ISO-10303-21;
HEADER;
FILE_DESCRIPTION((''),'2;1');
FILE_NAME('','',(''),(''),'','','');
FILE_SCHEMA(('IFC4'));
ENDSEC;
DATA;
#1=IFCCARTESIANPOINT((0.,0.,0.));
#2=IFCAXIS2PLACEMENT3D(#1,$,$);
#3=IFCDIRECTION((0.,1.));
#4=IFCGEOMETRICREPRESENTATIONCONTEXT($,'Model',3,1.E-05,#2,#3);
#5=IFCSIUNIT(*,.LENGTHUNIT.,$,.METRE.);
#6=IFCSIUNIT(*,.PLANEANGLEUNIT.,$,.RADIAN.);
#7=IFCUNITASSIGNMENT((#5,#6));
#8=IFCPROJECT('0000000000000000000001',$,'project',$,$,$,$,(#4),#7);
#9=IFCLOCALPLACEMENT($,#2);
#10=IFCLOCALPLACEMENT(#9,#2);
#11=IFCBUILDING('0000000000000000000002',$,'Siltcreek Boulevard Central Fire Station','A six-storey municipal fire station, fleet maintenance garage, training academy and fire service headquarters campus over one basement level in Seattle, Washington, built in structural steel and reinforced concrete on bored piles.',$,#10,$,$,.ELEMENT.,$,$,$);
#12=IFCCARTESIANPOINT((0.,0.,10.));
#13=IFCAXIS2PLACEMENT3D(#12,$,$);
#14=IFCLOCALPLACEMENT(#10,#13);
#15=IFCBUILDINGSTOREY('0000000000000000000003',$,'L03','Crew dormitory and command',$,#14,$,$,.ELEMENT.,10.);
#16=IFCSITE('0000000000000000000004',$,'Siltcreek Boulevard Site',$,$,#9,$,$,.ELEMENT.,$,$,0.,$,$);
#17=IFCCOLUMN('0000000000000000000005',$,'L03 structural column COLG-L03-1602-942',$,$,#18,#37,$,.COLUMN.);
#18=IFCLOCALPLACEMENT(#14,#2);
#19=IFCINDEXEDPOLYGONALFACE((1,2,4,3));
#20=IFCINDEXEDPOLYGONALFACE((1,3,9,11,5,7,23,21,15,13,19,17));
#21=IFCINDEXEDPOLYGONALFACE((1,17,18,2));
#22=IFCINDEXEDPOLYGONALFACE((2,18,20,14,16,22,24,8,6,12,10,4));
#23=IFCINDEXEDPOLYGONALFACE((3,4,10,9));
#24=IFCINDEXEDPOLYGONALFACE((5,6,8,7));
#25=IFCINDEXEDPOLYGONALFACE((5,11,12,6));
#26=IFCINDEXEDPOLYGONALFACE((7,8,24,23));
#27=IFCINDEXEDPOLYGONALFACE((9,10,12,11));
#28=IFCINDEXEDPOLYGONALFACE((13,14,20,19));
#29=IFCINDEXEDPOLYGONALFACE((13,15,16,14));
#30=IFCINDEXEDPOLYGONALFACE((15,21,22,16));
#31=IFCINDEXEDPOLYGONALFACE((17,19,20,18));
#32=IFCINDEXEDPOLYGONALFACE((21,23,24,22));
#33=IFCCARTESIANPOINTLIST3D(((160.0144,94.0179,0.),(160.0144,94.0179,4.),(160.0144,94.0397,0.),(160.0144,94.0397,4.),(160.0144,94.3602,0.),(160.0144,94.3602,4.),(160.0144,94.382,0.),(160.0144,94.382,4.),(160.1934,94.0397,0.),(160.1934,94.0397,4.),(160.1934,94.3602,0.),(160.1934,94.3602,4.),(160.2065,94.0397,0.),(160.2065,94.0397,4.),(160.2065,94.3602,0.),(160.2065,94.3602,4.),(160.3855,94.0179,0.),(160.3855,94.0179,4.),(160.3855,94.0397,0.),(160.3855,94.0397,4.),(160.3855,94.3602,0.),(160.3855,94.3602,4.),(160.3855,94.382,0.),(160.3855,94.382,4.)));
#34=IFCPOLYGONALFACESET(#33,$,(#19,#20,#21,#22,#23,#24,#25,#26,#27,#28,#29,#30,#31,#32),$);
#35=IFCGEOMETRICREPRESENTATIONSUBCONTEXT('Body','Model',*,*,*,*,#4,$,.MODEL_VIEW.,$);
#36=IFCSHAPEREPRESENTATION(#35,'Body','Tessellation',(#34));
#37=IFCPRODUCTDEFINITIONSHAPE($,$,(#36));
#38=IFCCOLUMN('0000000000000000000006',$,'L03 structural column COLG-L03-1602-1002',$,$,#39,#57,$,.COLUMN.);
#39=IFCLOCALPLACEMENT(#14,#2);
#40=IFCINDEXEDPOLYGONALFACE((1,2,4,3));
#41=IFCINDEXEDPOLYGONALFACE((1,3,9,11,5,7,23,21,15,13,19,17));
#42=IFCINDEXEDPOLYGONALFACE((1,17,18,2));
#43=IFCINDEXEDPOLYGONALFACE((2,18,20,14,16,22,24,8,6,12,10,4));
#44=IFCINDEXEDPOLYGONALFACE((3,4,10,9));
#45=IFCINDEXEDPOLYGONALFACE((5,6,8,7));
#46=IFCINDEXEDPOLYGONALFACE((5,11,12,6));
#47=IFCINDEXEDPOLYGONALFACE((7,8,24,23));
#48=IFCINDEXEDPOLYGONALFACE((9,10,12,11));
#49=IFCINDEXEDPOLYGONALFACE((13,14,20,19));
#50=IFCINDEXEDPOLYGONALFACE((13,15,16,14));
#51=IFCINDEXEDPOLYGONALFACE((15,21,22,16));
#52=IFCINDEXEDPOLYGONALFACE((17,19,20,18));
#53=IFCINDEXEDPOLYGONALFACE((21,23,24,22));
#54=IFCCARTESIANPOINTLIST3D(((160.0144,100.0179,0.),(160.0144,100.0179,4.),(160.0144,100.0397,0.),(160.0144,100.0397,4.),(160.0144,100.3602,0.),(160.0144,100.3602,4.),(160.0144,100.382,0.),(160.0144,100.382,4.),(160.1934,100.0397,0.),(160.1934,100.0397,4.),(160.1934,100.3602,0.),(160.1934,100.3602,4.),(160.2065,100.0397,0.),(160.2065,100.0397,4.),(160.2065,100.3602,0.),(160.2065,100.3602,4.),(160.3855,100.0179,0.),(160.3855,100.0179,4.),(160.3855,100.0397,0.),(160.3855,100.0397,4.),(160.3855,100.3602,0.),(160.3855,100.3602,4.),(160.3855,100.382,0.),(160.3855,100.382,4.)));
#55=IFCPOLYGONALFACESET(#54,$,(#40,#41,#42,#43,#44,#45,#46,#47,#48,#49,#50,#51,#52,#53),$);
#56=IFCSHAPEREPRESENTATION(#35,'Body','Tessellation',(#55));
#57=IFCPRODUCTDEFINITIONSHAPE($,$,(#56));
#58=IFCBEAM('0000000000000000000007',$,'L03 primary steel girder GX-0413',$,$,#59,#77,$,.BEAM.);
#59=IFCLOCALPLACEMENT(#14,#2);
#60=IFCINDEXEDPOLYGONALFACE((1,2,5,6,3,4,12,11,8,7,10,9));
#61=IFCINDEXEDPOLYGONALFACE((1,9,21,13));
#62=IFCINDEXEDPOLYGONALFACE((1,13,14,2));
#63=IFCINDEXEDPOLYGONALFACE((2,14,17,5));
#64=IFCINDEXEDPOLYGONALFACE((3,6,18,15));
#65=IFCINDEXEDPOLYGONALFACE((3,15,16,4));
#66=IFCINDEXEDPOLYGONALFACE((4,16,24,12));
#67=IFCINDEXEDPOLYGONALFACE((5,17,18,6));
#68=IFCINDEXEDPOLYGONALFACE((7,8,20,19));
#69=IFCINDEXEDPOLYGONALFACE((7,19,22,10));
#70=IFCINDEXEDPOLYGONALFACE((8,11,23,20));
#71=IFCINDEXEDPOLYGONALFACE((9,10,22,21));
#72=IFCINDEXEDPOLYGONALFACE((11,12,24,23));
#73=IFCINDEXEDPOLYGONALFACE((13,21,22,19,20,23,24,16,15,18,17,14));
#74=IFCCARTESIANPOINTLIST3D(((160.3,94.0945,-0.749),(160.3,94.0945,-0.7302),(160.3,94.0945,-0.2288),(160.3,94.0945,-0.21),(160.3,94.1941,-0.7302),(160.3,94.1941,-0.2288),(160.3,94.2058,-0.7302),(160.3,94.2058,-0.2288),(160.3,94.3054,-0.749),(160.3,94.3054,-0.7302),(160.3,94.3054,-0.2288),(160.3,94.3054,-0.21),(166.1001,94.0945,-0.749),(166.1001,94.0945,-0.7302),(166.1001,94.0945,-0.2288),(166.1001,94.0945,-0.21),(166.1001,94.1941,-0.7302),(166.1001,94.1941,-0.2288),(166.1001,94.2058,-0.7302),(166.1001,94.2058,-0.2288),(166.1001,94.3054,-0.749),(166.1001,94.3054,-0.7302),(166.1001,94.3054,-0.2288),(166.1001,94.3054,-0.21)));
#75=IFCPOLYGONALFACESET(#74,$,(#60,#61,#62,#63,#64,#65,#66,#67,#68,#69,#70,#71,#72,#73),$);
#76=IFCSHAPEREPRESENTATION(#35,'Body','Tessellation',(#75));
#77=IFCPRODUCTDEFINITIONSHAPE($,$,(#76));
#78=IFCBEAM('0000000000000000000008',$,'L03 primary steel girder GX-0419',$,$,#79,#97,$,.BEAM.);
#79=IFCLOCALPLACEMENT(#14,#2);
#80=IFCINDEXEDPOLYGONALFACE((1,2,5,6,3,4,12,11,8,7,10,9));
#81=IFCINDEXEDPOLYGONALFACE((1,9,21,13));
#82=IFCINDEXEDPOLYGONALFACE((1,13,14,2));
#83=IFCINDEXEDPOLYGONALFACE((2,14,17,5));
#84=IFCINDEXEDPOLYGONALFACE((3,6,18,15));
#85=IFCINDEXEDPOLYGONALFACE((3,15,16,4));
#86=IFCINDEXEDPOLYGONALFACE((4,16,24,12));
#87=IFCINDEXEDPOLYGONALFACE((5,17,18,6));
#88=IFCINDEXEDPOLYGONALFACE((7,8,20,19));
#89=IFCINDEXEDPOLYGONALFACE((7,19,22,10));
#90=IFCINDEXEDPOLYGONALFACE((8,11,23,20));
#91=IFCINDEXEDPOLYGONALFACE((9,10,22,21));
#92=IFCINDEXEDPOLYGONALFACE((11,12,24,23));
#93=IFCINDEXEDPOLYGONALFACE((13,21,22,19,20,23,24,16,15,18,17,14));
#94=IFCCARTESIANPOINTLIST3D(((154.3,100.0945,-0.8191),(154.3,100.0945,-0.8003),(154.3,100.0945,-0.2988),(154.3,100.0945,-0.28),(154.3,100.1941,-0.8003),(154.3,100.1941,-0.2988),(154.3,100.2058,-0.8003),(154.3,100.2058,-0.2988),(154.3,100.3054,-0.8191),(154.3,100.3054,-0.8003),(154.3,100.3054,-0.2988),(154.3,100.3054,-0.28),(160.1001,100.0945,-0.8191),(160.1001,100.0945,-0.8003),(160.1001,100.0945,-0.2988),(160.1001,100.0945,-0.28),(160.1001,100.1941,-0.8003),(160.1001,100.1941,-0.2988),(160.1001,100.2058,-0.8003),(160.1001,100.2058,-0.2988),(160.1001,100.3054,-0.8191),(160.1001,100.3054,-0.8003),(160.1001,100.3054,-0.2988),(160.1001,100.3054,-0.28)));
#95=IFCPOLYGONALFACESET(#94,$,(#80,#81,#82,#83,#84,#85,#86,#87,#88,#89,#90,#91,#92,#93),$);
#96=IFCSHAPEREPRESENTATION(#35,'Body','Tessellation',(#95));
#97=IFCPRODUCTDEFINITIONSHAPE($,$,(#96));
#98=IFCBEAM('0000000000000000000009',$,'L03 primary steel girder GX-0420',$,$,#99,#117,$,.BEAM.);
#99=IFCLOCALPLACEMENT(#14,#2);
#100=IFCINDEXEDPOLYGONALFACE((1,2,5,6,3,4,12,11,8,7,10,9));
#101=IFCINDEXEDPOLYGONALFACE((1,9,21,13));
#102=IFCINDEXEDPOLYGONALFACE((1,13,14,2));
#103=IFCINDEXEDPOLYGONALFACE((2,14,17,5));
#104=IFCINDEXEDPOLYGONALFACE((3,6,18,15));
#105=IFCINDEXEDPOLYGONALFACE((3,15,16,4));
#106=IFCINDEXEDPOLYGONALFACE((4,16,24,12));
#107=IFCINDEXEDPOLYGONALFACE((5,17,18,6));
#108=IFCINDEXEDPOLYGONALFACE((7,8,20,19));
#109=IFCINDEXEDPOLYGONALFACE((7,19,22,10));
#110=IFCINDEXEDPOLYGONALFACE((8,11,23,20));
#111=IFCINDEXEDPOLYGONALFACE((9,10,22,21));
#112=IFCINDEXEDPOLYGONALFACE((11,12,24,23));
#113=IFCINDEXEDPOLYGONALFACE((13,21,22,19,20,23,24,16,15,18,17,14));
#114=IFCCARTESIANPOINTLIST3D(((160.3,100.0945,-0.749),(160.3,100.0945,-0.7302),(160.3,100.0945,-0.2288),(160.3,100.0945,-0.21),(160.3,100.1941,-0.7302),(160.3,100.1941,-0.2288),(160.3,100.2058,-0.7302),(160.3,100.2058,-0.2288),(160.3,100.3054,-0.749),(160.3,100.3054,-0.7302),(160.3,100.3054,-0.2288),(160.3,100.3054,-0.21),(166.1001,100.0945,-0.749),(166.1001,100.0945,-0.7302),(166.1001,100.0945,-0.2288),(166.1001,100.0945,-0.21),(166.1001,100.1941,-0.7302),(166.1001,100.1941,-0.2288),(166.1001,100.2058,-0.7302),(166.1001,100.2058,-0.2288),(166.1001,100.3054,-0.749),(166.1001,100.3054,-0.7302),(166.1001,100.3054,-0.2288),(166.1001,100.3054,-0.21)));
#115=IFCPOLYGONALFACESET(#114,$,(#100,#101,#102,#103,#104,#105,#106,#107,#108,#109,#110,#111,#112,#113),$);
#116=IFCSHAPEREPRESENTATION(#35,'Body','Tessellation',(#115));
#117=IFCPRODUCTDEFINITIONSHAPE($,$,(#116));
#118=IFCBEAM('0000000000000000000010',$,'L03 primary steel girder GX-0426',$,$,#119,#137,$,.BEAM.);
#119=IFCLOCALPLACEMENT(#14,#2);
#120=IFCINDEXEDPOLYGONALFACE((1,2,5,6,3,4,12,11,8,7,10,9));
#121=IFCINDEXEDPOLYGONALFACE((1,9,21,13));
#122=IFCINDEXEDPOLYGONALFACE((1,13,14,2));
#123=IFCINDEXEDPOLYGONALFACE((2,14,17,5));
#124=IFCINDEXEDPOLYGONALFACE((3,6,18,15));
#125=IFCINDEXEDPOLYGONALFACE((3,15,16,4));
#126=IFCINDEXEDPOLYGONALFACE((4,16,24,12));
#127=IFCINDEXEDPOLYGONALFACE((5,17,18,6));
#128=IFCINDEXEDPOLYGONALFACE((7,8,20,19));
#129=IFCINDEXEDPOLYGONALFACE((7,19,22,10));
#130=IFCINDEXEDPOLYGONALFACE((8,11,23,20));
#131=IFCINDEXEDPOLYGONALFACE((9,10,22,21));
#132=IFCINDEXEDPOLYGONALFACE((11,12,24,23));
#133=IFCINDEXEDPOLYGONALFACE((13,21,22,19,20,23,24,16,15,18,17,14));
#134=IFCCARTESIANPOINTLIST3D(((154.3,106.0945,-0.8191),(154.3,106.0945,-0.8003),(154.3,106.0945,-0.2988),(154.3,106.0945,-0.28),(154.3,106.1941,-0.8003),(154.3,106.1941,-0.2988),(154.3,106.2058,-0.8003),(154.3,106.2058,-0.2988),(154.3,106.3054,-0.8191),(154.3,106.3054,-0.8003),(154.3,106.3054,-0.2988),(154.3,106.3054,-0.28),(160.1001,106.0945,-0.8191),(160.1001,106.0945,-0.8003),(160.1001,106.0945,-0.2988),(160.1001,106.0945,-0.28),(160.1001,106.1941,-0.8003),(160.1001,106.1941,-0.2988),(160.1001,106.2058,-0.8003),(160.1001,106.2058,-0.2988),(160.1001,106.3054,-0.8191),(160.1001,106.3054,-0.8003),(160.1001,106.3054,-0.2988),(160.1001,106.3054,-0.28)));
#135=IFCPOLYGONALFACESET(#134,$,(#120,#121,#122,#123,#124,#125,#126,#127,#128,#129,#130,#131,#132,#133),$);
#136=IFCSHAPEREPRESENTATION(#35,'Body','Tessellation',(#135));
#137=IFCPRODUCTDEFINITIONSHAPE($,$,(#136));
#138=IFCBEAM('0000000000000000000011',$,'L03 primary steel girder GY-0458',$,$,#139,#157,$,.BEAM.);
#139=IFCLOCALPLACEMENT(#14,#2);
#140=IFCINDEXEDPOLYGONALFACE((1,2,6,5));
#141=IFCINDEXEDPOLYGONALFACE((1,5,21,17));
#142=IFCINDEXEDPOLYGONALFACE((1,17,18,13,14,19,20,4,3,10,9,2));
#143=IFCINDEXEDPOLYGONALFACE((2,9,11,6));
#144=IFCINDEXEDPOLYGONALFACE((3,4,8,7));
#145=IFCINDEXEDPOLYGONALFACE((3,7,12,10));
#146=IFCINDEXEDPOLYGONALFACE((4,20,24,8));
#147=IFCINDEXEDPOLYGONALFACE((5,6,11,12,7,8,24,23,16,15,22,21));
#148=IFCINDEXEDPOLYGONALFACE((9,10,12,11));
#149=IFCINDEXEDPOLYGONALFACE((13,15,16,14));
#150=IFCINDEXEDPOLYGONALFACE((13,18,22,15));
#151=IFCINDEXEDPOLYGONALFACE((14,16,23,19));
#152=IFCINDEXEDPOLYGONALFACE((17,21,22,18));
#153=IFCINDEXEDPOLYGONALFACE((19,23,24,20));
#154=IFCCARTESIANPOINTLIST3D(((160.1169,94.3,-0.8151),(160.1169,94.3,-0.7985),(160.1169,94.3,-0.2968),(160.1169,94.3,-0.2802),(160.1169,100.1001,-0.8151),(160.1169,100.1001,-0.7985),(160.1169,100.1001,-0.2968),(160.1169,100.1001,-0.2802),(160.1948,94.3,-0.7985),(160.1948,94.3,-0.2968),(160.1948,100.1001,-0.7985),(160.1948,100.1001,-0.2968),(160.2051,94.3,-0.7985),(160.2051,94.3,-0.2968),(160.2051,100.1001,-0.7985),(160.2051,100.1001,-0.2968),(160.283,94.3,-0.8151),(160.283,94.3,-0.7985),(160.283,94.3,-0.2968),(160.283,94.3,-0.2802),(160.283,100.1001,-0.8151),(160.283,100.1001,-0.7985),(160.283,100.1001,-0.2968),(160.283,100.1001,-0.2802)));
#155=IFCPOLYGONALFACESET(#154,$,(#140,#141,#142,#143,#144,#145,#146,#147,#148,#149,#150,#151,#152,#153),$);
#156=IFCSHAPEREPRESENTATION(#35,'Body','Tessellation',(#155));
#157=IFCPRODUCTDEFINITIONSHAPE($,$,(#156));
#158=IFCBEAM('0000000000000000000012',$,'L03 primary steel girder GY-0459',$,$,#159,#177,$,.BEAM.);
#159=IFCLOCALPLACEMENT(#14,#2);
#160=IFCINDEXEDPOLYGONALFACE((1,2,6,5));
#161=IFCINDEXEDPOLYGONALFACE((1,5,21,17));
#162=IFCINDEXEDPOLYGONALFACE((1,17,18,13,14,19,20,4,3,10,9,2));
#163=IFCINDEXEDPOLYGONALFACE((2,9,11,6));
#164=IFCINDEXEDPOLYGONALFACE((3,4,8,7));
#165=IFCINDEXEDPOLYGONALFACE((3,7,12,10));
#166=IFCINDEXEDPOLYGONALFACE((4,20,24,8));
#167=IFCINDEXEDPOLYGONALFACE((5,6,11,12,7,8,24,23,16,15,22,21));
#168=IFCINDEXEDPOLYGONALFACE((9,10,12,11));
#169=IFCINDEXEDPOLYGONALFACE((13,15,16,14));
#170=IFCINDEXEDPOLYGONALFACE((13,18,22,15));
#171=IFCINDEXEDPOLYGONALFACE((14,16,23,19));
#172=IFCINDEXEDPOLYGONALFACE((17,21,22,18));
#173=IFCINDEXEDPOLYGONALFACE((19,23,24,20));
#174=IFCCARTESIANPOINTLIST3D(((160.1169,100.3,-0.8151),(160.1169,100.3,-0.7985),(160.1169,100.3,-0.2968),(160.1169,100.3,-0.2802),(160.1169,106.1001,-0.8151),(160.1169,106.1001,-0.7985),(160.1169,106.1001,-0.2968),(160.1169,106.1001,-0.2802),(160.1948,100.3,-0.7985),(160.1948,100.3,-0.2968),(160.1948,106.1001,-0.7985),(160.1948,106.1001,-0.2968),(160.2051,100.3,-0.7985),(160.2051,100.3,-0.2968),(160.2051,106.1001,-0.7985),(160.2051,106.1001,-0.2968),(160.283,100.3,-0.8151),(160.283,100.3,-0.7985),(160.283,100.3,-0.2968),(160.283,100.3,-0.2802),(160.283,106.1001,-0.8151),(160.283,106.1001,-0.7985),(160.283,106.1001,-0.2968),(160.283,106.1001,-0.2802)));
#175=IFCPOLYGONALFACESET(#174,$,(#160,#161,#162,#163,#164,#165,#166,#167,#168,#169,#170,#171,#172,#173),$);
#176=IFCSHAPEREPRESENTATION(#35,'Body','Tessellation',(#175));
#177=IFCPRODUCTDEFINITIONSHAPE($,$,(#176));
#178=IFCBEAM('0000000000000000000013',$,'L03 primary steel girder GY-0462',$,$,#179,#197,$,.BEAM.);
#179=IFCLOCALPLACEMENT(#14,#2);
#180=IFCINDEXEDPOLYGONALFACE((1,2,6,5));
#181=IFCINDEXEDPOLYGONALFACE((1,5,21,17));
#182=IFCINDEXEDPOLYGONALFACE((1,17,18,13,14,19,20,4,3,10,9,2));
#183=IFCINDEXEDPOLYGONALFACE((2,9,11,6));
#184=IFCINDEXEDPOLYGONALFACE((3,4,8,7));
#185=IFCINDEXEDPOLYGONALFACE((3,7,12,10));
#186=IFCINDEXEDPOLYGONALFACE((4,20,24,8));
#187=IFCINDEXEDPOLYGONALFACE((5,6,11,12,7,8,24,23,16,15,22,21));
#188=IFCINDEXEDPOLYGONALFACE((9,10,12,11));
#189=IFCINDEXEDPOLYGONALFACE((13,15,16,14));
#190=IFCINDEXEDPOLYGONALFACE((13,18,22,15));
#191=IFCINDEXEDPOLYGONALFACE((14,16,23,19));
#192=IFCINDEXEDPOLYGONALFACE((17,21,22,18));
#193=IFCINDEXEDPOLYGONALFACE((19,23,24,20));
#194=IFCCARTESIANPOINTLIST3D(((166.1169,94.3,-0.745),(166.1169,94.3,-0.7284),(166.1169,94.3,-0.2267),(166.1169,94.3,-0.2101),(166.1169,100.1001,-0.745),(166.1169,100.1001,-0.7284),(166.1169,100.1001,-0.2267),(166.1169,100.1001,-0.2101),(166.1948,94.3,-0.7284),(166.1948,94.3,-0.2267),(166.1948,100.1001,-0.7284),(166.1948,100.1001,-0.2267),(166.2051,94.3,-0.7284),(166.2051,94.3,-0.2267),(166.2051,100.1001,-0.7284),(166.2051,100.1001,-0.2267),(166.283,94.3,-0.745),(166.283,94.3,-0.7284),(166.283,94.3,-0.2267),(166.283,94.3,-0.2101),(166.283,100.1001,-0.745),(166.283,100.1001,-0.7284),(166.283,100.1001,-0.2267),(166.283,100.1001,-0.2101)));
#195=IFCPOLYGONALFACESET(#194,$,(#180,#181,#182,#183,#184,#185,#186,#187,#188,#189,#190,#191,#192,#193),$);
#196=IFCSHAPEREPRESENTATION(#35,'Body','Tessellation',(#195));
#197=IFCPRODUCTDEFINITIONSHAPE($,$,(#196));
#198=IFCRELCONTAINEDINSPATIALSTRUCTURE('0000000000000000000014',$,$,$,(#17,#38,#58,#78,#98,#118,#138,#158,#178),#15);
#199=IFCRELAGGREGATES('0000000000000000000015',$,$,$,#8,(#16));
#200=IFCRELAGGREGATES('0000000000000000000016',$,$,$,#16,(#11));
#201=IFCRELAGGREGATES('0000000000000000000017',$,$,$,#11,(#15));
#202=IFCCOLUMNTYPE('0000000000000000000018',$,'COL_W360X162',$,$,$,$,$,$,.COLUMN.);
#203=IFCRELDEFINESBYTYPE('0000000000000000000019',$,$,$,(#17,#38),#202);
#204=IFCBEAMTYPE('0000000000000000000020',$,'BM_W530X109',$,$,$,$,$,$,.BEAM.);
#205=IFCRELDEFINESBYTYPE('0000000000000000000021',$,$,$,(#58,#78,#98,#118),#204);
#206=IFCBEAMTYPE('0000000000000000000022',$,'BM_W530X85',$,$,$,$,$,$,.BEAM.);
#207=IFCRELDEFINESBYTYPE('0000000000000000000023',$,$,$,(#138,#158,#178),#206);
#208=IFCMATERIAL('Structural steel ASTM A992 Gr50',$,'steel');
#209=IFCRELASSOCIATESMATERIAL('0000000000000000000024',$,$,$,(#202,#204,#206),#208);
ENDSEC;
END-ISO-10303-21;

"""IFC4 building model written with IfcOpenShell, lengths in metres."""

from ifc_helpers import new_model, si_unit, direction, frame, origin, origin_2d, place, context, subcontext, project, spatial, i_section, extrude, material, material_profile, profile_set, type_object, element, save


model = new_model("IFC4")

# Units and contexts
model_context = context("Model", 3, precision=1e-05, world=origin(), true_north=direction((0.0, 1.0)))
body_context = subcontext(model_context, "Body", "Model", "MODEL_VIEW")
ifc_project = project(units=[si_unit("LENGTHUNIT", "METRE"), si_unit("PLANEANGLEUNIT", "RADIAN")], contexts=[model_context])

# Site, building, storey
site_placement = place(None, origin())
site = spatial("IfcSite", under=ifc_project, at=site_placement, Name="Siltcreek Boulevard Site", CompositionType="ELEMENT", RefElevation=0.0)
building_placement = place(site_placement, origin())
building = spatial("IfcBuilding", under=site, at=building_placement, Name="Siltcreek Boulevard Central Fire Station", Description="A six-storey municipal fire station, fleet maintenance garage, training academy and fire service headquarters campus over one basement level in Seattle, Washington, built in structural steel and reinforced concrete on bored piles.", CompositionType="ELEMENT")
storey_placement = place(building_placement, frame((0.0, 0.0, 10.0)))
storey = spatial("IfcBuildingStorey", under=building, at=storey_placement, Name="L03", Description="Crew dormitory and command", CompositionType="ELEMENT", Elevation=10.0)

# Columns
ifc_material_1 = material(Name="Structural steel ASTM A992 Gr50", Category="steel")
ifc_material_profile_1 = material_profile(ifc_material_1, i_section(OverallWidth=0.3711, OverallDepth=0.364, WebThickness=0.0132, FlangeThickness=0.0217, at=origin_2d()), Name="W360X162")
ifc_profile_set_1 = profile_set([ifc_material_profile_1], Name="Structural steel ASTM A992 Gr50")
column_type = type_object("IfcColumnType", Name="COL_W360X162", PredefinedType="COLUMN", material=ifc_profile_set_1)
for number, where, z_axis, x_axis, name in (
    (1, (160.2, 94.2, 0.0), (0.0, 0.0, 1.0), (1.0, 0.0, 0.0), "L03 structural column COLG-L03-1602-942"),
    (2, (160.2, 100.2, 0.0), (0.0, 0.0, 1.0), (1.0, 0.0, 0.0), "L03 structural column COLG-L03-1602-1002"),
):
    element("IfcColumn", number, at=place(storey_placement, frame(where, z_axis=z_axis, x_axis=x_axis)), inside=storey, type_object=column_type, Name=name, PredefinedType="COLUMN", context=body_context, shape_type="SweptSolid", body=[
        extrude(i_section(OverallWidth=0.3711, OverallDepth=0.364, WebThickness=0.0132, FlangeThickness=0.0217, at=origin_2d()), origin(), (0.0, 0.0, 1.0), 4.0),
    ])

# Beams
ifc_material_profile_2 = material_profile(ifc_material_1, i_section(OverallWidth=0.2109, OverallDepth=0.5391, WebThickness=0.0117, FlangeThickness=0.0188, at=origin_2d()), Name="W530X109")
ifc_profile_set_2 = profile_set([ifc_material_profile_2], Name="Structural steel ASTM A992 Gr50")
beam_type_1 = type_object("IfcBeamType", Name="BM_W530X109", PredefinedType="BEAM", material=ifc_profile_set_2)
for number, where, z_axis, x_axis, name in (
    (3, (160.3, 94.2, -0.4795), (1.0, 0.0, 0.0), (0.0, 1.0, 0.0), "L03 primary steel girder GX-0413"),
    (4, (154.3, 100.2, -0.5496), (1.0, 0.0, 0.0), (0.0, 1.0, 0.0), "L03 primary steel girder GX-0419"),
    (5, (160.3, 100.2, -0.4795), (1.0, 0.0, 0.0), (0.0, 1.0, 0.0), "L03 primary steel girder GX-0420"),
    (6, (154.3, 106.2, -0.5496), (1.0, 0.0, 0.0), (0.0, 1.0, 0.0), "L03 primary steel girder GX-0426"),
):
    element("IfcBeam", number, at=place(storey_placement, frame(where, z_axis=z_axis, x_axis=x_axis)), inside=storey, type_object=beam_type_1, Name=name, PredefinedType="BEAM", context=body_context, shape_type="SweptSolid", body=[
        extrude(i_section(OverallWidth=0.2109, OverallDepth=0.5391, WebThickness=0.0117, FlangeThickness=0.0188, at=origin_2d()), origin(), (0.0, 0.0, 1.0), 5.8),
    ])
ifc_material_profile_3 = material_profile(ifc_material_1, i_section(OverallWidth=0.166, OverallDepth=0.5349, WebThickness=0.0103, FlangeThickness=0.0166, at=origin_2d()), Name="W530X85")
ifc_profile_set_3 = profile_set([ifc_material_profile_3], Name="Structural steel ASTM A992 Gr50")
beam_type_2 = type_object("IfcBeamType", Name="BM_W530X85", PredefinedType="BEAM", material=ifc_profile_set_3)
for number, where, z_axis, x_axis, name in (
    (7, (160.2, 94.3, -0.5476), (0.0, 1.0, 0.0), (-1.0, 0.0, 0.0), "L03 primary steel girder GY-0458"),
    (8, (160.2, 100.3, -0.5476), (0.0, 1.0, 0.0), (-1.0, 0.0, 0.0), "L03 primary steel girder GY-0459"),
    (9, (166.2, 94.3, -0.4775), (0.0, 1.0, 0.0), (-1.0, 0.0, 0.0), "L03 primary steel girder GY-0462"),
):
    element("IfcBeam", number, at=place(storey_placement, frame(where, z_axis=z_axis, x_axis=x_axis)), inside=storey, type_object=beam_type_2, Name=name, PredefinedType="BEAM", context=body_context, shape_type="SweptSolid", body=[
        extrude(i_section(OverallWidth=0.166, OverallDepth=0.5349, WebThickness=0.0103, FlangeThickness=0.0166, at=origin_2d()), origin(), (0.0, 0.0, 1.0), 5.8),
    ])

save(model, "model.ifc")
